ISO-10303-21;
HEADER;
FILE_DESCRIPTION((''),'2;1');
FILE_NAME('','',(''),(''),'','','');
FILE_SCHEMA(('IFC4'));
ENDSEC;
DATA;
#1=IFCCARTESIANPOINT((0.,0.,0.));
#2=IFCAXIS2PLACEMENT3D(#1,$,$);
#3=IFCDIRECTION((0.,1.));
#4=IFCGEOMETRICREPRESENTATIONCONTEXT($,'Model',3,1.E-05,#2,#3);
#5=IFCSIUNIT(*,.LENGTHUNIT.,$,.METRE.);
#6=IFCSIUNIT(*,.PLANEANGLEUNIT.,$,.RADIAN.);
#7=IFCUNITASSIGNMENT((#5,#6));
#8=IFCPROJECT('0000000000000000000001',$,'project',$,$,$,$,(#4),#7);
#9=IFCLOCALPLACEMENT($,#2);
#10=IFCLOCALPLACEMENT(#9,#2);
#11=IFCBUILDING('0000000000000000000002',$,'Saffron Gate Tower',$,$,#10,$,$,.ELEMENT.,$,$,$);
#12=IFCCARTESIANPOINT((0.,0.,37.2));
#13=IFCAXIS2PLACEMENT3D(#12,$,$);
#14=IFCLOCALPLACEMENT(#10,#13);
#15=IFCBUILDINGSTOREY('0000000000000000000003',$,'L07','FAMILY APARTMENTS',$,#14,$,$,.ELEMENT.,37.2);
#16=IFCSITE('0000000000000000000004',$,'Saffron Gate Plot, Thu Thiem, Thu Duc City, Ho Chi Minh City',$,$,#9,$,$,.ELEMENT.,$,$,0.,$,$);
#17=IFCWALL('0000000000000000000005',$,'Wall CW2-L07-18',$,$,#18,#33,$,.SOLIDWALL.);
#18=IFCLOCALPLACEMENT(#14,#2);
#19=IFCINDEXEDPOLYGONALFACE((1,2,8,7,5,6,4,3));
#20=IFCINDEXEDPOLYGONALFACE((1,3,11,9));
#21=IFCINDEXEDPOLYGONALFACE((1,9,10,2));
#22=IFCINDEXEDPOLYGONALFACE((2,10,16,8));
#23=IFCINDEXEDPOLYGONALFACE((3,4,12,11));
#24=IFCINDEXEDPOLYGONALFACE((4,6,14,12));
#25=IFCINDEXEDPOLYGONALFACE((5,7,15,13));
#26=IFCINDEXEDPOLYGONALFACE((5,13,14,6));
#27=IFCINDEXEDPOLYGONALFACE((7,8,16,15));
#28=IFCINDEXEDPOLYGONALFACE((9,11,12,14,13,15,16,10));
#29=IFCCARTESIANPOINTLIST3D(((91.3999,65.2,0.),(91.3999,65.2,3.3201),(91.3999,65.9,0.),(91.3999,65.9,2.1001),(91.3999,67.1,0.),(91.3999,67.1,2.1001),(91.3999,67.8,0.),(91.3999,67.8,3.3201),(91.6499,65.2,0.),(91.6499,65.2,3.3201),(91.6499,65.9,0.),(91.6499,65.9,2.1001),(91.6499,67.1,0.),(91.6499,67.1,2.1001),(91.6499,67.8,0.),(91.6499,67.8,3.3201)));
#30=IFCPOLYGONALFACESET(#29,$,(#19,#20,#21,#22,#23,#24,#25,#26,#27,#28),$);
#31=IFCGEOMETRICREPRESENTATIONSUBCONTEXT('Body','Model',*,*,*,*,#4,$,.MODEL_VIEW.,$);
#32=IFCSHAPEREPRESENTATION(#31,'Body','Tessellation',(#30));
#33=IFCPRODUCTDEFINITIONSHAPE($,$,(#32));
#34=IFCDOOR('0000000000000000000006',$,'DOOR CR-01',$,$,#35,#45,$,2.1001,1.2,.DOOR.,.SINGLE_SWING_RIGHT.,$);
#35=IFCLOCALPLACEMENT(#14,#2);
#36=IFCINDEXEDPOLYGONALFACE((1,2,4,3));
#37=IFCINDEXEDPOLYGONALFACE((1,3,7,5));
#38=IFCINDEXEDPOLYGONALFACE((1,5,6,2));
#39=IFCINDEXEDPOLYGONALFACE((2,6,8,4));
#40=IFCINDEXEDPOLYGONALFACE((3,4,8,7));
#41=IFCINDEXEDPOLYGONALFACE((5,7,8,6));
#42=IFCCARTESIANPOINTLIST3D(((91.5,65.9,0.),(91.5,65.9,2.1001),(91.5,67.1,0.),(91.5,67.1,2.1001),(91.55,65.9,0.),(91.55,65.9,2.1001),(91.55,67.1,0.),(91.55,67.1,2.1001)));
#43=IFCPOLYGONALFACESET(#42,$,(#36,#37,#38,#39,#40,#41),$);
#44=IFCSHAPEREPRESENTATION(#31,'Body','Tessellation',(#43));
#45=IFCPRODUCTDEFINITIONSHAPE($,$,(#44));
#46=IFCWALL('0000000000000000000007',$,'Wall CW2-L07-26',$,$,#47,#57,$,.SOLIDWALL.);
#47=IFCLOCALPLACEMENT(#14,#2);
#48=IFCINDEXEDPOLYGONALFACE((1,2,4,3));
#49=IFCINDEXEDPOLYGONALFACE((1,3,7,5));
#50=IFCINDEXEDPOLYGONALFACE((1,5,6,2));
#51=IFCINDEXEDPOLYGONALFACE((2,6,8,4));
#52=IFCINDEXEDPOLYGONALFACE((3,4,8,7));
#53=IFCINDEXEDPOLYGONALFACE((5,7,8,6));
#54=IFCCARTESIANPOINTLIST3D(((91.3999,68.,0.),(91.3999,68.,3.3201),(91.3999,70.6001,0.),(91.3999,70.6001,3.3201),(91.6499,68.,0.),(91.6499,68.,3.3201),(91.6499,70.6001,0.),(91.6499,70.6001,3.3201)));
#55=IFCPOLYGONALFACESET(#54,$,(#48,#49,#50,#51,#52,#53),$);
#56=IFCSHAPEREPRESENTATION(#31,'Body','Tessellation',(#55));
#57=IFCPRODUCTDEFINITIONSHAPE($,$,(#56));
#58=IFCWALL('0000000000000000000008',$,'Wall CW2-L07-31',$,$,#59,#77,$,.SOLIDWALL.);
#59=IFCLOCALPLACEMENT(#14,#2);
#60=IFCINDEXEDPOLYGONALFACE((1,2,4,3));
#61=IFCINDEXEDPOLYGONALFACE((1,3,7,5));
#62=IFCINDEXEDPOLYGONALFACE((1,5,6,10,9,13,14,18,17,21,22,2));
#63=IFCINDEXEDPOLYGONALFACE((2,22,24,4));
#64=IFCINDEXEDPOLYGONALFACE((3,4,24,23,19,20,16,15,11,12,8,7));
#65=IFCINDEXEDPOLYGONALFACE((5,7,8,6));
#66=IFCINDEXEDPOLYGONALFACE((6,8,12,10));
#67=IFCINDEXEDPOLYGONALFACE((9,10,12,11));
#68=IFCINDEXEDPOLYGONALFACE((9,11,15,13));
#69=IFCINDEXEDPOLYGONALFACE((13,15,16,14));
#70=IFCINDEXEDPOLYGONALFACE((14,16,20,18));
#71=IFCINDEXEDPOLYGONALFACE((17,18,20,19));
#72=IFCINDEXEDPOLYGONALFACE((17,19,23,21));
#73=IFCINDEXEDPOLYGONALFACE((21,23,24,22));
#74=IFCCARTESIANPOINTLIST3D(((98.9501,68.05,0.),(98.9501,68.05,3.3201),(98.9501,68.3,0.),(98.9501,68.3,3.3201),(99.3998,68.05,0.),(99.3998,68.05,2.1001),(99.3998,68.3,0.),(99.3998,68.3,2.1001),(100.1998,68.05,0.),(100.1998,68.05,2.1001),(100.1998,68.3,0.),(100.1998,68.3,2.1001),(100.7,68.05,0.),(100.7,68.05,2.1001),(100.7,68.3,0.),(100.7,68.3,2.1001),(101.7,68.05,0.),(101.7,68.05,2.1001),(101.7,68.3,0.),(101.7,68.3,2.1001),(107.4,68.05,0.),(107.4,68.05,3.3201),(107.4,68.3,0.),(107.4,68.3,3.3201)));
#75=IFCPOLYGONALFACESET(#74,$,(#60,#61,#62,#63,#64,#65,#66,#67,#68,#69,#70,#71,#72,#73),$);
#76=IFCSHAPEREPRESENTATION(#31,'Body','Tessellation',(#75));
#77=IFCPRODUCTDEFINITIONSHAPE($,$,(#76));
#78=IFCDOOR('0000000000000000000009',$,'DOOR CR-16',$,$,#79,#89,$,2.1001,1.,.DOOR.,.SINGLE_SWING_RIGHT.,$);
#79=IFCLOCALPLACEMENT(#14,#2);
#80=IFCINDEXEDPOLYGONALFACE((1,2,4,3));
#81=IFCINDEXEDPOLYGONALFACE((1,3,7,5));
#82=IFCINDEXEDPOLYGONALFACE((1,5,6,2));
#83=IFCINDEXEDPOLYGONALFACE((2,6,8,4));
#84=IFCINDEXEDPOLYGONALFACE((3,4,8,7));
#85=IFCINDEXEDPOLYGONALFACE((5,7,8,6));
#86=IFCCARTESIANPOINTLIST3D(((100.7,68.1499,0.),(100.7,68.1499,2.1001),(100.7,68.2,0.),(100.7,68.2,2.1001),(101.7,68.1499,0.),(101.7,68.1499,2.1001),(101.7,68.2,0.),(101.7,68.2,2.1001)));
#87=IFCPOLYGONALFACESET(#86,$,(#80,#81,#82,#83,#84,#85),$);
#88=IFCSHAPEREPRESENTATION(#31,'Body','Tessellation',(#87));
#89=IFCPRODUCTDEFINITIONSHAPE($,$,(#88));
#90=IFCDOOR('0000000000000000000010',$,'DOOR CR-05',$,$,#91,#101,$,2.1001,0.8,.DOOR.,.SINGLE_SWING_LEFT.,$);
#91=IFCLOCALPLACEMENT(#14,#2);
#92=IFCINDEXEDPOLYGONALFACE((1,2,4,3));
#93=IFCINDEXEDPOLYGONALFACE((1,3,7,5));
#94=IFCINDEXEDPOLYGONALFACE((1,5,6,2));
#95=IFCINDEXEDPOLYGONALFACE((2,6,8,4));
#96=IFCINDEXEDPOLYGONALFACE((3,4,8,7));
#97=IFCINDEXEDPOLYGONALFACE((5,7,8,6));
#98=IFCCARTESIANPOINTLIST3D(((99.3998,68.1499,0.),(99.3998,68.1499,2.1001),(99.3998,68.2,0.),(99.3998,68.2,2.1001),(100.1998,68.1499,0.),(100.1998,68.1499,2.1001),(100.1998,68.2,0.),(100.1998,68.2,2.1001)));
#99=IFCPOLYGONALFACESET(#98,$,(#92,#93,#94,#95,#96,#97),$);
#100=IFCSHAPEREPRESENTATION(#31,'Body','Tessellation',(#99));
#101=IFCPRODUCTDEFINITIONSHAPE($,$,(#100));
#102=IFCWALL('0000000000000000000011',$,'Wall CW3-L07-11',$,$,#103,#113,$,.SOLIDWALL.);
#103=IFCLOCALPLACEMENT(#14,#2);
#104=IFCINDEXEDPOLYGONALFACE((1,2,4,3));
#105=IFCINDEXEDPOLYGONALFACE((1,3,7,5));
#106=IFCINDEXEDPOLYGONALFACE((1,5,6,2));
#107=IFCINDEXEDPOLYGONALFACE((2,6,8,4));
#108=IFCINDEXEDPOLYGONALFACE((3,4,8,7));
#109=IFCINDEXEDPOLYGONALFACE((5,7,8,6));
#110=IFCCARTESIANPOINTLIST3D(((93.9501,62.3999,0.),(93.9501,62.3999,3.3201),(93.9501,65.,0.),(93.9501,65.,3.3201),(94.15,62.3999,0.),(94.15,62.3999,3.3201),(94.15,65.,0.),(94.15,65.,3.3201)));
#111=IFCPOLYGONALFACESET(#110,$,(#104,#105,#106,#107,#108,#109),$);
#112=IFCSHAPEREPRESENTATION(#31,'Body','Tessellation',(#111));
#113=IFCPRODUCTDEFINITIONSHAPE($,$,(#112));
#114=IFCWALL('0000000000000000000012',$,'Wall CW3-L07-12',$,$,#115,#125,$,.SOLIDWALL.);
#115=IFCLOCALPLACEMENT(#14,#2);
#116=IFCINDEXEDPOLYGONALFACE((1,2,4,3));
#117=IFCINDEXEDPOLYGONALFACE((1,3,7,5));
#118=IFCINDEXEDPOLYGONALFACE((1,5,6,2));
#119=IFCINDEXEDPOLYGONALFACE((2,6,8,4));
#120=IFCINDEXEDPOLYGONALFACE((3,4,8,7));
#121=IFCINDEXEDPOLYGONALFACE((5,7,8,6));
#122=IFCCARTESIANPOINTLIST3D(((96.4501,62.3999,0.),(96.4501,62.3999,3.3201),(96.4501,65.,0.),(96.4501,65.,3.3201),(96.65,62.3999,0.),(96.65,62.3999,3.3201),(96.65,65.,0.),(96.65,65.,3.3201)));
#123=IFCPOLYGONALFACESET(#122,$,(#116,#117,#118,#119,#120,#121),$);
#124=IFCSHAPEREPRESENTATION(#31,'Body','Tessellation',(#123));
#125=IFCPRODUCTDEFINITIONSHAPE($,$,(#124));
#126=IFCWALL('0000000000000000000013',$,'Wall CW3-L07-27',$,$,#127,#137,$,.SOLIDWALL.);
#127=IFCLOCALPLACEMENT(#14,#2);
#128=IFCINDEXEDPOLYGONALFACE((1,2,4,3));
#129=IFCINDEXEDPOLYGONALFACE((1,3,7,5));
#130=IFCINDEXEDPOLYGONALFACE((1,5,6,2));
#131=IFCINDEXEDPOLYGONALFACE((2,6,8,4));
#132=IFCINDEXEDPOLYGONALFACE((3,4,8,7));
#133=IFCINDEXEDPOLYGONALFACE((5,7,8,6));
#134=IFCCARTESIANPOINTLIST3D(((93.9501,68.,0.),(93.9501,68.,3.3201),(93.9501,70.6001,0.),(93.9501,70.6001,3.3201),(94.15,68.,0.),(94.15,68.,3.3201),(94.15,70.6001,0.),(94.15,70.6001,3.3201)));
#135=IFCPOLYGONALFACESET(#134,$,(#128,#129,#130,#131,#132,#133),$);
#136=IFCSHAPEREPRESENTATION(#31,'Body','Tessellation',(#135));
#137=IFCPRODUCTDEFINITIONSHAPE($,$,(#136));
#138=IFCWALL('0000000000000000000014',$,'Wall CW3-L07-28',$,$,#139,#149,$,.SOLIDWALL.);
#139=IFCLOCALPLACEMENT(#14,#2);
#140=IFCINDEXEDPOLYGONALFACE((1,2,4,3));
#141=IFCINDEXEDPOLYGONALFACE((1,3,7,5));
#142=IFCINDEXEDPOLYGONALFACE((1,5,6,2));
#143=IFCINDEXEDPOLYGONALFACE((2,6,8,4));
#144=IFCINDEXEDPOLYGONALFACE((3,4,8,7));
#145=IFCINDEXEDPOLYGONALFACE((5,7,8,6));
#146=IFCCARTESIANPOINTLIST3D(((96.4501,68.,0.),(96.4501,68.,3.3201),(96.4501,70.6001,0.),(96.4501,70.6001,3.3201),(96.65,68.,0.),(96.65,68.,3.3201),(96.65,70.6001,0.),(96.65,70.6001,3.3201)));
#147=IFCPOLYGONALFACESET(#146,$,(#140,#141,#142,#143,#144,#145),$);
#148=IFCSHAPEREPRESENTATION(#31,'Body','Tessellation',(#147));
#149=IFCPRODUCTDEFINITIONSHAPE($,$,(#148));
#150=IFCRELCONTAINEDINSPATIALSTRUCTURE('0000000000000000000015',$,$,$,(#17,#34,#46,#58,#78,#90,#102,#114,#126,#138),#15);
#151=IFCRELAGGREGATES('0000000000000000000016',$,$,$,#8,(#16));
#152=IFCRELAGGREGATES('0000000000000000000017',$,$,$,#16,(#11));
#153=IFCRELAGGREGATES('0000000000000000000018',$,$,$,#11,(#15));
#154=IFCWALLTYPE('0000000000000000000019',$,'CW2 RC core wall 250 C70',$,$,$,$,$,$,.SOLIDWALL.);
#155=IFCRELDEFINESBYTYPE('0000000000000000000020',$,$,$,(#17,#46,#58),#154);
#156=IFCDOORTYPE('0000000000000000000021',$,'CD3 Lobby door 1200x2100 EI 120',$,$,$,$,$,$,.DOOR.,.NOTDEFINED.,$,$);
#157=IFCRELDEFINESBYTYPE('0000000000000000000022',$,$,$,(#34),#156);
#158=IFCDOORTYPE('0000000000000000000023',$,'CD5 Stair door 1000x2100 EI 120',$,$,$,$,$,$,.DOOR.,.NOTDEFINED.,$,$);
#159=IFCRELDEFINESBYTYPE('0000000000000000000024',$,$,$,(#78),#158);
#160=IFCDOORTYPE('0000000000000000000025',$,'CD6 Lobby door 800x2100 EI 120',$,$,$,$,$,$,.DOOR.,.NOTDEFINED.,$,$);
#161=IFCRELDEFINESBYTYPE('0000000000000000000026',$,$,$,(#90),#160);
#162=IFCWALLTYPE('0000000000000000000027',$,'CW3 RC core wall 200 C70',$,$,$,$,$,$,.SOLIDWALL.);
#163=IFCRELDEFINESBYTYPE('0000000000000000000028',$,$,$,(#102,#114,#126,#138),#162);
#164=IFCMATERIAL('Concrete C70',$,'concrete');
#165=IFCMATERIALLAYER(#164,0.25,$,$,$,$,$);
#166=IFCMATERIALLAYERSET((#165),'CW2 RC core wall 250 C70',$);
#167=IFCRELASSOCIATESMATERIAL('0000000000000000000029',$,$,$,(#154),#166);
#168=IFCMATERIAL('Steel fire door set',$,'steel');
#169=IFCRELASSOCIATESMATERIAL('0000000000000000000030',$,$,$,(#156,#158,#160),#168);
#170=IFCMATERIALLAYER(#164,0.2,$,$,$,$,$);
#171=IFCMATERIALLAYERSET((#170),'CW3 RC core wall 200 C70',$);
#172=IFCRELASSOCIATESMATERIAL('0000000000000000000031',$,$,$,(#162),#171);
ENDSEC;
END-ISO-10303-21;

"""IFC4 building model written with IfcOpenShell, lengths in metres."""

from ifc_helpers import new_model, si_unit, direction, frame, frame_2d, origin, place, context, subcontext, project, spatial, rectangle, extrude, material, layer, layer_set, type_object, element, fill, save


model = new_model("IFC4")

# Units and contexts
model_context = context("Model", 3, precision=1e-05, world=origin(), true_north=direction((0.0, 1.0)))
body_context = subcontext(model_context, "Body", "Model", "MODEL_VIEW")
ifc_project = project(units=[si_unit("LENGTHUNIT", "METRE"), si_unit("PLANEANGLEUNIT", "RADIAN")], contexts=[model_context])

# Site, building, storey
site_placement = place(None, origin())
site = spatial("IfcSite", under=ifc_project, at=site_placement, Name="Saffron Gate Plot, Thu Thiem, Thu Duc City, Ho Chi Minh City", CompositionType="ELEMENT", RefElevation=0.0)
building_placement = place(site_placement, origin())
building = spatial("IfcBuilding", under=site, at=building_placement, Name="Saffron Gate Tower", CompositionType="ELEMENT")
storey_placement = place(building_placement, frame((0.0, 0.0, 37.2)))
storey = spatial("IfcBuildingStorey", under=building, at=storey_placement, Name="L07", Description="FAMILY APARTMENTS", CompositionType="ELEMENT", Elevation=37.2)

# Wall, opening, door
ifc_material_1 = material(Name="Concrete C70", Category="concrete")
ifc_layer_1 = layer(ifc_material_1, 0.25)
ifc_layer_set_1 = layer_set([ifc_layer_1], Name="CW2 RC core wall 250 C70")
wall_type_1 = type_object("IfcWallType", Name="CW2 RC core wall 250 C70", PredefinedType="SOLIDWALL", material=ifc_layer_set_1)
wall_1_placement = place(storey_placement, frame((91.5249, 65.2, 0.0), z_axis=(0.0, 0.0, 1.0), x_axis=(0.0, 1.0, 0.0)))
wall_1 = element("IfcWall", 1, at=wall_1_placement, inside=storey, type_object=wall_type_1, Name="Wall CW2-L07-18", PredefinedType="SOLIDWALL", context=body_context, shape_type="SweptSolid", body=[
    extrude(rectangle(XDim=2.6001, YDim=0.25, at=frame_2d((1.3, 0.0))), origin(), (0.0, 0.0, 1.0), 3.3201),
])
opening_1_placement = place(wall_1_placement, frame((0.7, 0.0, 0.0)))
opening_1 = element("IfcOpeningElement", 2, at=opening_1_placement, cuts=wall_1, PredefinedType="OPENING", context=body_context, shape_type="SweptSolid", body=[
    extrude(rectangle(XDim=1.2, YDim=2.1001, at=frame_2d((0.6001, 1.05))), frame((0.0, 0.135, 0.0), z_axis=(0.0, -1.0, 0.0), x_axis=(1.0, 0.0, 0.0)), (0.0, 0.0, 1.0), 0.27),
])
ifc_material_2 = material(Name="Steel fire door set", Category="steel")
door_type_1 = type_object("IfcDoorType", Name="CD3 Lobby door 1200x2100 EI 120", OperationType="NOTDEFINED", PredefinedType="DOOR", material=ifc_material_2)
door_1_placement = place(opening_1_placement, origin())
door_1 = element("IfcDoor", 3, at=door_1_placement, inside=storey, type_object=door_type_1, Name="DOOR CR-01", OperationType="SINGLE_SWING_RIGHT", OverallHeight=2.1001, OverallWidth=1.2, PredefinedType="DOOR", context=body_context, shape_type="SweptSolid", body=[
    extrude(rectangle(XDim=1.2, YDim=2.1001, at=frame_2d((0.6001, 1.05))), frame((0.0, 0.0249, 0.0), z_axis=(0.0, -1.0, 0.0), x_axis=(1.0, 0.0, 0.0)), (0.0, 0.0, 1.0), 0.05),
])
fill(opening_1, door_1)

# Wall
wall_2_placement = place(storey_placement, frame((91.5249, 68.0, 0.0), z_axis=(0.0, 0.0, 1.0), x_axis=(0.0, 1.0, 0.0)))
element("IfcWall", 4, at=wall_2_placement, inside=storey, type_object=wall_type_1, Name="Wall CW2-L07-26", PredefinedType="SOLIDWALL", context=body_context, shape_type="SweptSolid", body=[
    extrude(rectangle(XDim=2.6001, YDim=0.25, at=frame_2d((1.3, 0.0))), origin(), (0.0, 0.0, 1.0), 3.3201),
])

# Wall, openings, doors
wall_3_placement = place(storey_placement, frame((98.95, 68.175, 0.0), z_axis=(0.0, 0.0, 1.0), x_axis=(1.0, 0.0, 0.0)))
wall_3 = element("IfcWall", 5, at=wall_3_placement, inside=storey, type_object=wall_type_1, Name="Wall CW2-L07-31", PredefinedType="SOLIDWALL", context=body_context, shape_type="SweptSolid", body=[
    extrude(rectangle(XDim=8.45, YDim=0.25, at=frame_2d((4.2251, 0.0))), origin(), (0.0, 0.0, 1.0), 3.3201),
])
opening_2_placement = place(wall_3_placement, frame((0.45, 0.0, 0.0)))
opening_2 = element("IfcOpeningElement", 6, at=opening_2_placement, cuts=wall_3, PredefinedType="OPENING", context=body_context, shape_type="SweptSolid", body=[
    extrude(rectangle(XDim=0.8, YDim=2.1001, at=frame_2d((0.3999, 1.05))), frame((0.0, 0.135, 0.0), z_axis=(0.0, -1.0, 0.0), x_axis=(1.0, 0.0, 0.0)), (0.0, 0.0, 1.0), 0.27),
])
opening_3_placement = place(wall_3_placement, frame((1.75, 0.0, 0.0)))
opening_3 = element("IfcOpeningElement", 7, at=opening_3_placement, cuts=wall_3, PredefinedType="OPENING", context=body_context, shape_type="SweptSolid", body=[
    extrude(rectangle(XDim=1.0, YDim=2.1001, at=frame_2d((0.5, 1.05))), frame((0.0, 0.135, 0.0), z_axis=(0.0, -1.0, 0.0), x_axis=(1.0, 0.0, 0.0)), (0.0, 0.0, 1.0), 0.27),
])
door_type_2 = type_object("IfcDoorType", Name="CD5 Stair door 1000x2100 EI 120", OperationType="NOTDEFINED", PredefinedType="DOOR", material=ifc_material_2)
door_2_placement = place(opening_3_placement, origin())
door_2 = element("IfcDoor", 8, at=door_2_placement, inside=storey, type_object=door_type_2, Name="DOOR CR-16", OperationType="SINGLE_SWING_RIGHT", OverallHeight=2.1001, OverallWidth=1.0, PredefinedType="DOOR", context=body_context, shape_type="SweptSolid", body=[
    extrude(rectangle(XDim=1.0, YDim=2.1001, at=frame_2d((0.5, 1.05))), frame((0.0, 0.0249, 0.0), z_axis=(0.0, -1.0, 0.0), x_axis=(1.0, 0.0, 0.0)), (0.0, 0.0, 1.0), 0.05),
])
fill(opening_3, door_2)
door_type_3 = type_object("IfcDoorType", Name="CD6 Lobby door 800x2100 EI 120", OperationType="NOTDEFINED", PredefinedType="DOOR", material=ifc_material_2)
door_3_placement = place(opening_2_placement, origin())
door_3 = element("IfcDoor", 9, at=door_3_placement, inside=storey, type_object=door_type_3, Name="DOOR CR-05", OperationType="SINGLE_SWING_LEFT", OverallHeight=2.1001, OverallWidth=0.8, PredefinedType="DOOR", context=body_context, shape_type="SweptSolid", body=[
    extrude(rectangle(XDim=0.8, YDim=2.1001, at=frame_2d((0.3999, 1.05))), frame((0.0, 0.0249, 0.0), z_axis=(0.0, -1.0, 0.0), x_axis=(1.0, 0.0, 0.0)), (0.0, 0.0, 1.0), 0.05),
])
fill(opening_2, door_3)

# Walls
ifc_layer_2 = layer(ifc_material_1, 0.2)
ifc_layer_set_2 = layer_set([ifc_layer_2], Name="CW3 RC core wall 200 C70")
wall_type_2 = type_object("IfcWallType", Name="CW3 RC core wall 200 C70", PredefinedType="SOLIDWALL", material=ifc_layer_set_2)
for number, where, z_axis, x_axis, name in (
    (10, (94.05, 62.3999, 0.0), (0.0, 0.0, 1.0), (0.0, 1.0, 0.0), "Wall CW3-L07-11"),
    (11, (96.55, 62.3999, 0.0), (0.0, 0.0, 1.0), (0.0, 1.0, 0.0), "Wall CW3-L07-12"),
    (12, (94.05, 68.0, 0.0), (0.0, 0.0, 1.0), (0.0, 1.0, 0.0), "Wall CW3-L07-27"),
    (13, (96.55, 68.0, 0.0), (0.0, 0.0, 1.0), (0.0, 1.0, 0.0), "Wall CW3-L07-28"),
):
    element("IfcWall", number, at=place(storey_placement, frame(where, z_axis=z_axis, x_axis=x_axis)), inside=storey, type_object=wall_type_2, Name=name, PredefinedType="SOLIDWALL", context=body_context, shape_type="SweptSolid", body=[
        extrude(rectangle(XDim=2.6001, YDim=0.2, at=frame_2d((1.3, 0.0))), origin(), (0.0, 0.0, 1.0), 3.3201),
    ])

save(model, "model.ifc")
